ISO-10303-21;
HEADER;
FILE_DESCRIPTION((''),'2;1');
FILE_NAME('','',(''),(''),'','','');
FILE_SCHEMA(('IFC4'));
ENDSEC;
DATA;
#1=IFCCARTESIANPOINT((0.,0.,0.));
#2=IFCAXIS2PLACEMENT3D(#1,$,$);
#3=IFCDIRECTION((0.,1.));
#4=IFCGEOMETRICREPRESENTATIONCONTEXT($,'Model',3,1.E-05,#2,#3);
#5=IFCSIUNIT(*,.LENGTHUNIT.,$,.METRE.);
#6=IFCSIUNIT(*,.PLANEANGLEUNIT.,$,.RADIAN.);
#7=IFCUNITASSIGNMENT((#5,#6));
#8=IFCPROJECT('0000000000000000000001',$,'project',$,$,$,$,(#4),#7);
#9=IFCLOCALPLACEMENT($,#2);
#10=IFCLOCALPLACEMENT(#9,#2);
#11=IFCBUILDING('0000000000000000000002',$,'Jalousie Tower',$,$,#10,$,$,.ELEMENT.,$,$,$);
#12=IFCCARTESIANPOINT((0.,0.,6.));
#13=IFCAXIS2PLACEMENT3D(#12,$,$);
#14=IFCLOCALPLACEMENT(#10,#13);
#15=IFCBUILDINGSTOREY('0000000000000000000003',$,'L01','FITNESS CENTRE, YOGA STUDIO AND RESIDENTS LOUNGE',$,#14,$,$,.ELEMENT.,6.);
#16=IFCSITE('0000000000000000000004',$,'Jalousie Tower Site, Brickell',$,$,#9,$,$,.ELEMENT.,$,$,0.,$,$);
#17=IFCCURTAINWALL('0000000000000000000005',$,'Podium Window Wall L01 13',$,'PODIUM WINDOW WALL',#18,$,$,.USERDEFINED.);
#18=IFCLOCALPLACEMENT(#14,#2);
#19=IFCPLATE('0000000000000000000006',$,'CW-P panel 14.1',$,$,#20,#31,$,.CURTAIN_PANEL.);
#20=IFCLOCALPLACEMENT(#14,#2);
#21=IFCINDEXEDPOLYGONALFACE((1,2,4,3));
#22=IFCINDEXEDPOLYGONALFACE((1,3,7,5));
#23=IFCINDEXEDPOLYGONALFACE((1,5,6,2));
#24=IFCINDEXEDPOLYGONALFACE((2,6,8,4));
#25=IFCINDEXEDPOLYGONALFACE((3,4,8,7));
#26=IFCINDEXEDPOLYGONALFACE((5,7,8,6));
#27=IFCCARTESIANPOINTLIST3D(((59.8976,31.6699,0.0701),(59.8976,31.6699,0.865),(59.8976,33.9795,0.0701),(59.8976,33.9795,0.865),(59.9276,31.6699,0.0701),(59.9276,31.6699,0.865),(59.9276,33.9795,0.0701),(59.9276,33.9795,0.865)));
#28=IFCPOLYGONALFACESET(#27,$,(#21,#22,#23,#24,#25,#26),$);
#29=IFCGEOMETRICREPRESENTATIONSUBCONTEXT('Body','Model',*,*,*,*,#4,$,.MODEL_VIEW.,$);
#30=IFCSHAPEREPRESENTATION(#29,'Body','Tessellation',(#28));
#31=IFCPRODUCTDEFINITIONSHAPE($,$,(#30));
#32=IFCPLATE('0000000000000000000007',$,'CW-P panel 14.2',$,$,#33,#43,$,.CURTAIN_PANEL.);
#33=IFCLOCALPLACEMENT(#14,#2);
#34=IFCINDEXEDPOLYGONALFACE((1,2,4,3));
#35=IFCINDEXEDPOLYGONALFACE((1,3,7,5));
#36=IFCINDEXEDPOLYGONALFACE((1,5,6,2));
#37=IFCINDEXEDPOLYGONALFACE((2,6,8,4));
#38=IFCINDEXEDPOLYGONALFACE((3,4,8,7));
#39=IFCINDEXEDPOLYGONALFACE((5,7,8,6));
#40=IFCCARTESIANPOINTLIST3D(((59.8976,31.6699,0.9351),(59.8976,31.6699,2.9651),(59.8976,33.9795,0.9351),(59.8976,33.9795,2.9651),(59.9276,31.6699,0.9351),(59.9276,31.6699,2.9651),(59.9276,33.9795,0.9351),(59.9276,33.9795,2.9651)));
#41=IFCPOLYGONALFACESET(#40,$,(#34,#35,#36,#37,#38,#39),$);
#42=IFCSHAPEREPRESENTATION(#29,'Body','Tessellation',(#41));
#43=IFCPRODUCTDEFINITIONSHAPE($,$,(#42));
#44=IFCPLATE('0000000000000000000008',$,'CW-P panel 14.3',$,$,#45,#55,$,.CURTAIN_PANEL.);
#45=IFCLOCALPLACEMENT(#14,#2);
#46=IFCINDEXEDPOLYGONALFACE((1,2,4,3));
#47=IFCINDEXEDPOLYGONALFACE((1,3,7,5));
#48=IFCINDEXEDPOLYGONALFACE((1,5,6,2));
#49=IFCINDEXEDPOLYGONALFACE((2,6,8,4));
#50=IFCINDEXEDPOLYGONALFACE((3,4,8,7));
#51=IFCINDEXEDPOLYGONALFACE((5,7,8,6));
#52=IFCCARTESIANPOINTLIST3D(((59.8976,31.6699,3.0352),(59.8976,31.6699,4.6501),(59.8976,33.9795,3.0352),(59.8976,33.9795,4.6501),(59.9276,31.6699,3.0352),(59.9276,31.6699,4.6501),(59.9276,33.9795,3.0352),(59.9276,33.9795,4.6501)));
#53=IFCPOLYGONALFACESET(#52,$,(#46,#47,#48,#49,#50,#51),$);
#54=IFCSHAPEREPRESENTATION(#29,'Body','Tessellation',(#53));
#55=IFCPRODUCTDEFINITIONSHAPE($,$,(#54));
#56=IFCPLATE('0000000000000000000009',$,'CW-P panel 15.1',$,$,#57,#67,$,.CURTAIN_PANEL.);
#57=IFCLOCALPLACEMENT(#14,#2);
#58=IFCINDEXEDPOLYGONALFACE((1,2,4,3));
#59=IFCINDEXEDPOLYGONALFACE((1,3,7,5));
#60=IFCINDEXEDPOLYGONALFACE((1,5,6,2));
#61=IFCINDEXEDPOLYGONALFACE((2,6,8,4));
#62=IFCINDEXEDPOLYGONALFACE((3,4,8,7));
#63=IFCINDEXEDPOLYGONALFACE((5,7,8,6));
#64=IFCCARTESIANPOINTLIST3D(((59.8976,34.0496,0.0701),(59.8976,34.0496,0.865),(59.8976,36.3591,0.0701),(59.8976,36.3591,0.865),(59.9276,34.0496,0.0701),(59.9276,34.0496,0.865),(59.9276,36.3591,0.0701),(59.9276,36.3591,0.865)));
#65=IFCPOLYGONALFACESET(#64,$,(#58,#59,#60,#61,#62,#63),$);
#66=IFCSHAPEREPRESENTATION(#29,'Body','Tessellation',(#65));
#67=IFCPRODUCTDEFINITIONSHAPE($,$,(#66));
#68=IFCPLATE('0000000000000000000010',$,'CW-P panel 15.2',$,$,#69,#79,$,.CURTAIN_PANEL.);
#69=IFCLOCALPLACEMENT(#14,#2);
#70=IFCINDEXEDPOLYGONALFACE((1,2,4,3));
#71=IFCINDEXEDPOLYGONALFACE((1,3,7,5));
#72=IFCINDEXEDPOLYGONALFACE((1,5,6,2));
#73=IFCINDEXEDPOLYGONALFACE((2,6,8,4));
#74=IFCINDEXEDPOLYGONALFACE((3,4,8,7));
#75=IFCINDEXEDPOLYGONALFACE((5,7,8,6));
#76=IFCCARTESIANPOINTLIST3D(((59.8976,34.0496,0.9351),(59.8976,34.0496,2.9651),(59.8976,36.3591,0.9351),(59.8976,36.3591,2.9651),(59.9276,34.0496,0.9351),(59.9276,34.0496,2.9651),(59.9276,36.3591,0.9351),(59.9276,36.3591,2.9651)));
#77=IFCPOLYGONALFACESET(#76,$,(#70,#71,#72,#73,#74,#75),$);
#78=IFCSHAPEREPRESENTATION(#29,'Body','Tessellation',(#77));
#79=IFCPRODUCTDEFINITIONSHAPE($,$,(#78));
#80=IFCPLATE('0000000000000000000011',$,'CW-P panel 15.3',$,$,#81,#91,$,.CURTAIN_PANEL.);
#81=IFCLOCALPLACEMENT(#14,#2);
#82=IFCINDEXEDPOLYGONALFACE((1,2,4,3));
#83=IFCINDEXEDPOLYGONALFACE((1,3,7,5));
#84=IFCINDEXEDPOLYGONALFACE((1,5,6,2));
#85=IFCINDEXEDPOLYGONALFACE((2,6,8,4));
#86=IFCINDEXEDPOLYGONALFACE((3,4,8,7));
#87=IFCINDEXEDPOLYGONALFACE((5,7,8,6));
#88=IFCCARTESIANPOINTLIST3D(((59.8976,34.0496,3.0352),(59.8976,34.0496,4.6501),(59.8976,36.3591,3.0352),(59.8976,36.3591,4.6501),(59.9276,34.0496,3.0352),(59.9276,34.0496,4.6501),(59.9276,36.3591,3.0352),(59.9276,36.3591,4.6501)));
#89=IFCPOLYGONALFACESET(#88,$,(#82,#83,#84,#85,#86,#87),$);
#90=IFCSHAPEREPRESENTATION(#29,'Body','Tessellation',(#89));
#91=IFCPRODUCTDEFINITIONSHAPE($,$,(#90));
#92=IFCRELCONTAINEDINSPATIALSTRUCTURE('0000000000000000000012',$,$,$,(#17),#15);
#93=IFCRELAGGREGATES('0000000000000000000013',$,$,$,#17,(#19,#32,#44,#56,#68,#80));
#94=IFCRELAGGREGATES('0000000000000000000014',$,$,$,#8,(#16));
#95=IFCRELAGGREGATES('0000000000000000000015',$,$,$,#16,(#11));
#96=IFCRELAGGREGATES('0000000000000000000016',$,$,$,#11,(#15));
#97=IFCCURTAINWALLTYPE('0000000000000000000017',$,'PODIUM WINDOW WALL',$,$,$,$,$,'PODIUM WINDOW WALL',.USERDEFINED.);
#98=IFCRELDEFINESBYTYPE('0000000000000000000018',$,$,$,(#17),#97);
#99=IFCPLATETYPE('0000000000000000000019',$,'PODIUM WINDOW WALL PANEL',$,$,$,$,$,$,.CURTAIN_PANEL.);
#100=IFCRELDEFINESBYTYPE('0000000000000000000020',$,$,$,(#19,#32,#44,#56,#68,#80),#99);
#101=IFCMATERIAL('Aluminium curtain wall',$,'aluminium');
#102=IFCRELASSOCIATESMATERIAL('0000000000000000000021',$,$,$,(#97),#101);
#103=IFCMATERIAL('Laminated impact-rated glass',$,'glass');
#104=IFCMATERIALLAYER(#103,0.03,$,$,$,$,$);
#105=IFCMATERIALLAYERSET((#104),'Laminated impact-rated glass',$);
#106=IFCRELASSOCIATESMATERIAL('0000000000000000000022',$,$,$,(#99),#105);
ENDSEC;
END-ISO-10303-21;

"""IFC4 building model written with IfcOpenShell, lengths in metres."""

from ifc_helpers import new_model, si_unit, direction, frame, origin, origin_2d, place, context, subcontext, project, spatial, rectangle, extrude, material, layer, layer_set, type_object, element, aggregate, save


model = new_model("IFC4")

# Units and contexts
model_context = context("Model", 3, precision=1e-05, world=origin(), true_north=direction((0.0, 1.0)))
body_context = subcontext(model_context, "Body", "Model", "MODEL_VIEW")
ifc_project = project(units=[si_unit("LENGTHUNIT", "METRE"), si_unit("PLANEANGLEUNIT", "RADIAN")], contexts=[model_context])

# Site, building, storey
site_placement = place(None, origin())
site = spatial("IfcSite", under=ifc_project, at=site_placement, Name="Jalousie Tower Site, Brickell", CompositionType="ELEMENT", RefElevation=0.0)
building_placement = place(site_placement, origin())
building = spatial("IfcBuilding", under=site, at=building_placement, Name="Jalousie Tower", CompositionType="ELEMENT")
storey_placement = place(building_placement, frame((0.0, 0.0, 6.0)))
storey = spatial("IfcBuildingStorey", under=building, at=storey_placement, Name="L01", Description="FITNESS CENTRE, YOGA STUDIO AND RESIDENTS LOUNGE", CompositionType="ELEMENT", Elevation=6.0)

# Curtain wall
ifc_material_1 = material(Name="Aluminium curtain wall", Category="aluminium")
curtain_wall_type = type_object("IfcCurtainWallType", Name="PODIUM WINDOW WALL", ElementType="PODIUM WINDOW WALL", PredefinedType="USERDEFINED", material=ifc_material_1)
curtain_wall_placement = place(storey_placement, origin())
curtain_wall = element("IfcCurtainWall", 1, at=curtain_wall_placement, inside=storey, type_object=curtain_wall_type, Name="Podium Window Wall L01 13", ObjectType="PODIUM WINDOW WALL", PredefinedType="USERDEFINED")

# Plates
ifc_material_2 = material(Name="Laminated impact-rated glass", Category="glass")
ifc_layer = layer(ifc_material_2, 0.03)
ifc_layer_set = layer_set([ifc_layer], Name="Laminated impact-rated glass")
plate_type = type_object("IfcPlateType", Name="PODIUM WINDOW WALL PANEL", PredefinedType="CURTAIN_PANEL", material=ifc_layer_set)
plate_1_placement = place(storey_placement, frame((59.9126, 32.8247, 0.0701), z_axis=(0.0, 0.0, 1.0), x_axis=(0.0, 1.0, 0.0)))
plate_1 = element("IfcPlate", 2, at=plate_1_placement, type_object=plate_type, Name="CW-P panel 14.1", PredefinedType="CURTAIN_PANEL", context=body_context, shape_type="SweptSolid", body=[
    extrude(rectangle(XDim=2.3096, YDim=0.03, at=origin_2d()), origin(), (0.0, 0.0, 1.0), 0.7949),
])
plate_2_placement = place(storey_placement, frame((59.9126, 32.8247, 0.9351), z_axis=(0.0, 0.0, 1.0), x_axis=(0.0, 1.0, 0.0)))
plate_2 = element("IfcPlate", 3, at=plate_2_placement, type_object=plate_type, Name="CW-P panel 14.2", PredefinedType="CURTAIN_PANEL", context=body_context, shape_type="SweptSolid", body=[
    extrude(rectangle(XDim=2.3096, YDim=0.03, at=origin_2d()), origin(), (0.0, 0.0, 1.0), 2.03),
])
plate_3_placement = place(storey_placement, frame((59.9126, 32.8247, 3.0352), z_axis=(0.0, 0.0, 1.0), x_axis=(0.0, 1.0, 0.0)))
plate_3 = element("IfcPlate", 4, at=plate_3_placement, type_object=plate_type, Name="CW-P panel 14.3", PredefinedType="CURTAIN_PANEL", context=body_context, shape_type="SweptSolid", body=[
    extrude(rectangle(XDim=2.3096, YDim=0.03, at=origin_2d()), origin(), (0.0, 0.0, 1.0), 1.615),
])
plate_4_placement = place(storey_placement, frame((59.9126, 35.2043, 0.0701), z_axis=(0.0, 0.0, 1.0), x_axis=(0.0, 1.0, 0.0)))
plate_4 = element("IfcPlate", 5, at=plate_4_placement, type_object=plate_type, Name="CW-P panel 15.1", PredefinedType="CURTAIN_PANEL", context=body_context, shape_type="SweptSolid", body=[
    extrude(rectangle(XDim=2.3096, YDim=0.03, at=origin_2d()), origin(), (0.0, 0.0, 1.0), 0.7949),
])
plate_5_placement = place(storey_placement, frame((59.9126, 35.2043, 0.9351), z_axis=(0.0, 0.0, 1.0), x_axis=(0.0, 1.0, 0.0)))
plate_5 = element("IfcPlate", 6, at=plate_5_placement, type_object=plate_type, Name="CW-P panel 15.2", PredefinedType="CURTAIN_PANEL", context=body_context, shape_type="SweptSolid", body=[
    extrude(rectangle(XDim=2.3096, YDim=0.03, at=origin_2d()), origin(), (0.0, 0.0, 1.0), 2.03),
])
plate_6_placement = place(storey_placement, frame((59.9126, 35.2043, 3.0352), z_axis=(0.0, 0.0, 1.0), x_axis=(0.0, 1.0, 0.0)))
plate_6 = element("IfcPlate", 7, at=plate_6_placement, type_object=plate_type, Name="CW-P panel 15.3", PredefinedType="CURTAIN_PANEL", context=body_context, shape_type="SweptSolid", body=[
    extrude(rectangle(XDim=2.3096, YDim=0.03, at=origin_2d()), origin(), (0.0, 0.0, 1.0), 1.615),
])
aggregate(curtain_wall, [plate_1, plate_2, plate_3, plate_4, plate_5, plate_6])

save(model, "model.ifc")
